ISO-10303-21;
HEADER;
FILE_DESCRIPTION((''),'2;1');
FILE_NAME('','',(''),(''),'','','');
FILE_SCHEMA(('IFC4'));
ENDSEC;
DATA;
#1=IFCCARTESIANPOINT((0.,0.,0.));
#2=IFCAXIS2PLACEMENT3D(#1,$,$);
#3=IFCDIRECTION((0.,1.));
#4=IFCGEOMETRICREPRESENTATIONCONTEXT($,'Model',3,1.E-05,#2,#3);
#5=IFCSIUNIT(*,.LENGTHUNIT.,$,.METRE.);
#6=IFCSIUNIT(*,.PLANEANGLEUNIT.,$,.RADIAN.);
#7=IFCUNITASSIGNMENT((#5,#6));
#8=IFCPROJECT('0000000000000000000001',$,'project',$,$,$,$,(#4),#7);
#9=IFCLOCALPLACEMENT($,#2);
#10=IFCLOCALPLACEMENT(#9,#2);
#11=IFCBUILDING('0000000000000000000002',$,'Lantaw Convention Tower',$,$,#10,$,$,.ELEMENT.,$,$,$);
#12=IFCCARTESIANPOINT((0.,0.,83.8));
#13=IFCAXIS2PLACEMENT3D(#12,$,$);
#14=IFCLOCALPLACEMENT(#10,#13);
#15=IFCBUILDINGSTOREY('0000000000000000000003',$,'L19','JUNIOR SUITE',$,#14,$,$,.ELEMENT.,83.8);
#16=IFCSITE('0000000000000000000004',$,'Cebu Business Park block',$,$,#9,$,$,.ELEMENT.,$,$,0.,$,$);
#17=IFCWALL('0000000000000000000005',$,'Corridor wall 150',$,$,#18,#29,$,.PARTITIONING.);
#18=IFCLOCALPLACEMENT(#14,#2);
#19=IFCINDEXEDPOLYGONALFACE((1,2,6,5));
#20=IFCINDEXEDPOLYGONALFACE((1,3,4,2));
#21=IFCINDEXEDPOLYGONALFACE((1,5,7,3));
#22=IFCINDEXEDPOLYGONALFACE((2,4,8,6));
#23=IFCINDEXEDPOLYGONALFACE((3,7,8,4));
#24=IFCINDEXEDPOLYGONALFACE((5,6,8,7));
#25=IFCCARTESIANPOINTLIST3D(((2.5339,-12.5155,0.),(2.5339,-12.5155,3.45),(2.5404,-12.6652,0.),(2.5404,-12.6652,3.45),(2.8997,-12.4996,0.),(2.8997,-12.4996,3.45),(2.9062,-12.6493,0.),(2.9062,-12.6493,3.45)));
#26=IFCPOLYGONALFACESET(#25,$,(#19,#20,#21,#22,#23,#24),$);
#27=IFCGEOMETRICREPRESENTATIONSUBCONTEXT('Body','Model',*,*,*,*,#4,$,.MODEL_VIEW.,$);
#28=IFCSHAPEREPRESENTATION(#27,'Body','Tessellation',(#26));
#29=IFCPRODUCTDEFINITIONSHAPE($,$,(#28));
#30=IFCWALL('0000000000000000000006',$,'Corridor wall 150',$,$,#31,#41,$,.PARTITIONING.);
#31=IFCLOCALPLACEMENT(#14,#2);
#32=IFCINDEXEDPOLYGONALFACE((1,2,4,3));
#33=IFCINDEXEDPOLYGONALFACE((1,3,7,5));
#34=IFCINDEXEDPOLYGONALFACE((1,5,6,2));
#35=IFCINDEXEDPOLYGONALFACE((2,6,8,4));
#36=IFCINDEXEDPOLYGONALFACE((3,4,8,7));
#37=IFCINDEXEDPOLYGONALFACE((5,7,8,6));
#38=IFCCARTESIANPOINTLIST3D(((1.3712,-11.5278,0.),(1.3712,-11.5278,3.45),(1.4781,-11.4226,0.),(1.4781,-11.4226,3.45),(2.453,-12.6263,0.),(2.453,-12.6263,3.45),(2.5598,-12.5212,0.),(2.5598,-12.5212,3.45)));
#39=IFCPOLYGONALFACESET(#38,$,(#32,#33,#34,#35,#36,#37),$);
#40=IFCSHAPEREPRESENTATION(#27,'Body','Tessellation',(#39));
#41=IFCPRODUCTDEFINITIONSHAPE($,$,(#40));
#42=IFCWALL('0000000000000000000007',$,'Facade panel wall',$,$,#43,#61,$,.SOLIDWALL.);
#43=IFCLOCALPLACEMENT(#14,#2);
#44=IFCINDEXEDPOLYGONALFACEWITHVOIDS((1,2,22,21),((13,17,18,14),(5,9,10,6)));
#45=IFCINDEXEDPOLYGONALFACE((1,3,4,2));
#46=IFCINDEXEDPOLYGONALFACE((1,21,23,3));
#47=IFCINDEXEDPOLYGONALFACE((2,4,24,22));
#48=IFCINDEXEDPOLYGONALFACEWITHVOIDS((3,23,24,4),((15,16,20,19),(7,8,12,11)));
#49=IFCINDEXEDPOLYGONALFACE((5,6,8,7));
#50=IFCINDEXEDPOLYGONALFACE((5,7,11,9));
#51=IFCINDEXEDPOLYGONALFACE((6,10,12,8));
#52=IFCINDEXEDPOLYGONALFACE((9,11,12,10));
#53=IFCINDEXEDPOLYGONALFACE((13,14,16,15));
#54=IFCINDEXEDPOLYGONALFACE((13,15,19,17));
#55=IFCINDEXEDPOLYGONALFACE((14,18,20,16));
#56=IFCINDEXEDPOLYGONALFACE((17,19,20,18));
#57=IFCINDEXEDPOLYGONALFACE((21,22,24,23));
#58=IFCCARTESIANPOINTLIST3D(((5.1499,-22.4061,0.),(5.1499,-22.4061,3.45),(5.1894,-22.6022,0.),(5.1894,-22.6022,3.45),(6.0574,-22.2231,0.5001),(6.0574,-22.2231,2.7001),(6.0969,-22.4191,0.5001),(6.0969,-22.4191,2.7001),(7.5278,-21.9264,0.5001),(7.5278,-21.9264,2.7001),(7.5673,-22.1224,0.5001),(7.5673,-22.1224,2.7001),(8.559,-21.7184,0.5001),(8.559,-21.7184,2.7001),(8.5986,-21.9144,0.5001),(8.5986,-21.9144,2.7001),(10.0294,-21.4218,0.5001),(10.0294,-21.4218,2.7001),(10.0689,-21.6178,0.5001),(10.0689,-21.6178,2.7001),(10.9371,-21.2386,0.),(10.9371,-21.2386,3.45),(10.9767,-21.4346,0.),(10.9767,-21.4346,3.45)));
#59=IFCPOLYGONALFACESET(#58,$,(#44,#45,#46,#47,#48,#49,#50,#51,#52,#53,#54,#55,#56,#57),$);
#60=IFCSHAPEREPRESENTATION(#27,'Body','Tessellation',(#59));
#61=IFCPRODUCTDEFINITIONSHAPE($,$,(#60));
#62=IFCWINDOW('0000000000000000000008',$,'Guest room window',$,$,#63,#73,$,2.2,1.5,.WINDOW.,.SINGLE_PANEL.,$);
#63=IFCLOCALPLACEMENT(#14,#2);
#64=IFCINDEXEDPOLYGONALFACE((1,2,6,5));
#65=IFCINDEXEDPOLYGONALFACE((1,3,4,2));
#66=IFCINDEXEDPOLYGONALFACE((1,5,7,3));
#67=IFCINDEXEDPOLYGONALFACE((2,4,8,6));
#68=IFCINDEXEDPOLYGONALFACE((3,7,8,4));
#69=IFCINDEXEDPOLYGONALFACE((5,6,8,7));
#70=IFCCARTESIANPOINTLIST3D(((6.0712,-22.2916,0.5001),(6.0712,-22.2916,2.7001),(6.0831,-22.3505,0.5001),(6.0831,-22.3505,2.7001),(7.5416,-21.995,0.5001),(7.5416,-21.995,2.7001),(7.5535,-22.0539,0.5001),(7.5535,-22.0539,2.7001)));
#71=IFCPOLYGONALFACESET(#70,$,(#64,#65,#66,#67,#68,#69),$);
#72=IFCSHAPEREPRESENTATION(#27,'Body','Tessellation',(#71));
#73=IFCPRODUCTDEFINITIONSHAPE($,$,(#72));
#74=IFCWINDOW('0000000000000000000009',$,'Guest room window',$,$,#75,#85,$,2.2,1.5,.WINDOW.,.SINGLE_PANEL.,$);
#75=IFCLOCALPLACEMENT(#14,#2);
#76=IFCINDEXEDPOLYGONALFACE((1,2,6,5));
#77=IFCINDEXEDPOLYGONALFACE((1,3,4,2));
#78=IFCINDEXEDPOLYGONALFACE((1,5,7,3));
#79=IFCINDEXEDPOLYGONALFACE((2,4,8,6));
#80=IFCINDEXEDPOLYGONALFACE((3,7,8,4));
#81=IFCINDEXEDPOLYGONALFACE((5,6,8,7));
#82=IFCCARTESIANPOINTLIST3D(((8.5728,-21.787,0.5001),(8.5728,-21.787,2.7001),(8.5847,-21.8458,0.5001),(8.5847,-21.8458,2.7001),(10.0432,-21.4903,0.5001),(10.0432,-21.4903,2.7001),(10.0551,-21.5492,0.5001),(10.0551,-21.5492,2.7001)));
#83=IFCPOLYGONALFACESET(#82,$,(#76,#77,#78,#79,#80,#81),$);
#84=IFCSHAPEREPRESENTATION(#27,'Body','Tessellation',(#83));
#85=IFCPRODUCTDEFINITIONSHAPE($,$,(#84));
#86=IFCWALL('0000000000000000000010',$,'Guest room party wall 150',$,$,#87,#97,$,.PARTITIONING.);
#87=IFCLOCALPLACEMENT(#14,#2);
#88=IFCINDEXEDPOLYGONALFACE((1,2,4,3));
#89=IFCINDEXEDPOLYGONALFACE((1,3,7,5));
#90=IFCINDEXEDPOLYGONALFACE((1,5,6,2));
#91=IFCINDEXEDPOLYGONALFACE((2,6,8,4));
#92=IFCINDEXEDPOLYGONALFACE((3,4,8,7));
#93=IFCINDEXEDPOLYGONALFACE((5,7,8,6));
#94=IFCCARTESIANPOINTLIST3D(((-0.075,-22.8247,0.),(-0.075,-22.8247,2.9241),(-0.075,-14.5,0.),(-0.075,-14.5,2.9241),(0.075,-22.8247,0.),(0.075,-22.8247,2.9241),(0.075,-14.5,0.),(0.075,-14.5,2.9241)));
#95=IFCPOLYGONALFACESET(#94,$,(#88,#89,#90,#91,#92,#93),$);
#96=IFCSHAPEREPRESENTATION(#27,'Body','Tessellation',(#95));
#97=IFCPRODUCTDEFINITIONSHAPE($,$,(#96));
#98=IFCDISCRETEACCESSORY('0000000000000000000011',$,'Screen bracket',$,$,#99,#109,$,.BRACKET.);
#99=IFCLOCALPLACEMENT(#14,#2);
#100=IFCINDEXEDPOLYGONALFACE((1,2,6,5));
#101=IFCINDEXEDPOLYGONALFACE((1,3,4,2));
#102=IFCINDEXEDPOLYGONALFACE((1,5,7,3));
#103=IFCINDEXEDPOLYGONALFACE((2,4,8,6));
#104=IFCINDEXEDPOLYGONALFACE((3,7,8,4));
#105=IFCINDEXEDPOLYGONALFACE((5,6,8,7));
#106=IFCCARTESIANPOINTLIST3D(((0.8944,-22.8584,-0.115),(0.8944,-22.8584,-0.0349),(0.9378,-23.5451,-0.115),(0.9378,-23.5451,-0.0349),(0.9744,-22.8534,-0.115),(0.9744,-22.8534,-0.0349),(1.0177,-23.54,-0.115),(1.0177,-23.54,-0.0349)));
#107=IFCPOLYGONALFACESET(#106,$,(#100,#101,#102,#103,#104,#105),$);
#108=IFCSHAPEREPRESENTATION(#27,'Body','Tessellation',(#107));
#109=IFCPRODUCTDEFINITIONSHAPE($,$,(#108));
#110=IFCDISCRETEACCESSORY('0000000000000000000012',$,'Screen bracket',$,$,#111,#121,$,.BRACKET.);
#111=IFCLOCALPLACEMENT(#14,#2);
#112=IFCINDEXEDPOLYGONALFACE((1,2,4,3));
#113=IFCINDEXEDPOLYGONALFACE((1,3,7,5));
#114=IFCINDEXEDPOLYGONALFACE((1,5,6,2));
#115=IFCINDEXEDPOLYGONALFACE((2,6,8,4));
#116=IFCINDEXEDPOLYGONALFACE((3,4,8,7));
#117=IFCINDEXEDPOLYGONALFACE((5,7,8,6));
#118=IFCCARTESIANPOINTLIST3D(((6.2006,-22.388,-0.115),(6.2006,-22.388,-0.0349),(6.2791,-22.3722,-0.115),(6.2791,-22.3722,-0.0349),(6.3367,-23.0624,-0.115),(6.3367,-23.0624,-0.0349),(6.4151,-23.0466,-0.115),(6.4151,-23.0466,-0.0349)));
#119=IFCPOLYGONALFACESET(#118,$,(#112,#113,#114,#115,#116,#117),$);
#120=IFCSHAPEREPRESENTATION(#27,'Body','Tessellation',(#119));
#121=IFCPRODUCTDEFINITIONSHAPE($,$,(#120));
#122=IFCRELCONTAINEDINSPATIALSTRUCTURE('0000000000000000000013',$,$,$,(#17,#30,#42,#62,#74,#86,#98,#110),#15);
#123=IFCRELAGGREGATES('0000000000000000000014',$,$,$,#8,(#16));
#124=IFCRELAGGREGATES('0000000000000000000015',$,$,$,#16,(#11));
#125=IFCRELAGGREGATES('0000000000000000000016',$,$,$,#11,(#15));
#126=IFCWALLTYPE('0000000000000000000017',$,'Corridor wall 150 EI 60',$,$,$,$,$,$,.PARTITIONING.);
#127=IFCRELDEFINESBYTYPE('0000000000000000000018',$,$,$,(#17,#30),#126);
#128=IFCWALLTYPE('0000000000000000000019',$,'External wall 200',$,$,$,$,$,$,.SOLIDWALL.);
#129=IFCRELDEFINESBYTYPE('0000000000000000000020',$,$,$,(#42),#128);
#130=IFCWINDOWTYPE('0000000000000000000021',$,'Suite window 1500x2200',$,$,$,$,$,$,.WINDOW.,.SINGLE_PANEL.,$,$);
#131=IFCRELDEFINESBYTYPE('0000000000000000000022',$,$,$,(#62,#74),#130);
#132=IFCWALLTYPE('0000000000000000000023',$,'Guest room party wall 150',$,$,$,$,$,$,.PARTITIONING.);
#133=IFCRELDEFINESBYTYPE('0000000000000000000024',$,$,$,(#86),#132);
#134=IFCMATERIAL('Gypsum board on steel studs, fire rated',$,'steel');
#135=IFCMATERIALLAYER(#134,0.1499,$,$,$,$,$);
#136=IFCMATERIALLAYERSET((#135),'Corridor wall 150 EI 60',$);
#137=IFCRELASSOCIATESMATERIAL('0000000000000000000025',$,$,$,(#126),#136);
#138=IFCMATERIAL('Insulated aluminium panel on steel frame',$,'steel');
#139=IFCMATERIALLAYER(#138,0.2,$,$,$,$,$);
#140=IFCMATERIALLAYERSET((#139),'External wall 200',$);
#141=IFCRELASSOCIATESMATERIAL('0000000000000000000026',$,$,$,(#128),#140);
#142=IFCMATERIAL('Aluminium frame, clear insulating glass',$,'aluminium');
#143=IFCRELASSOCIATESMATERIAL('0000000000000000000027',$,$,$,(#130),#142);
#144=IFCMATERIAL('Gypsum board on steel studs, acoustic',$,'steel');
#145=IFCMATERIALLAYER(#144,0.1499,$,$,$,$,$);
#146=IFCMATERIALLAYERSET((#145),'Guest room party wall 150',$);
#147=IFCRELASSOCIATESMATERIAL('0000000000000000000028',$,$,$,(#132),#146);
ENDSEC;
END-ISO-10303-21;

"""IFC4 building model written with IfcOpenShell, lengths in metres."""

from ifc_helpers import new_model, si_unit, direction, frame, frame_2d, origin, origin_2d, place, context, subcontext, project, spatial, rectangle, extrude, material, layer, layer_set, type_object, element, fill, save


model = new_model("IFC4")

# Units and contexts
model_context = context("Model", 3, precision=1e-05, world=origin(), true_north=direction((0.0, 1.0)))
body_context = subcontext(model_context, "Body", "Model", "MODEL_VIEW")
ifc_project = project(units=[si_unit("LENGTHUNIT", "METRE"), si_unit("PLANEANGLEUNIT", "RADIAN")], contexts=[model_context])

# Site, building, storey
site_placement = place(None, origin())
site = spatial("IfcSite", under=ifc_project, at=site_placement, Name="Cebu Business Park block", CompositionType="ELEMENT", RefElevation=0.0)
building_placement = place(site_placement, origin())
building = spatial("IfcBuilding", under=site, at=building_placement, Name="Lantaw Convention Tower", CompositionType="ELEMENT")
storey_placement = place(building_placement, frame((0.0, 0.0, 83.8)))
storey = spatial("IfcBuildingStorey", under=building, at=storey_placement, Name="L19", Description="JUNIOR SUITE", CompositionType="ELEMENT", Elevation=83.8)

# Shared definitions
ifc_material_1 = material(Name="Gypsum board on steel studs, fire rated", Category="steel")
ifc_layer_1 = layer(ifc_material_1, 0.1499)
ifc_layer_set_1 = layer_set([ifc_layer_1], Name="Corridor wall 150 EI 60")
wall_type_1 = type_object("IfcWallType", Name="Corridor wall 150 EI 60", PredefinedType="PARTITIONING", material=ifc_layer_set_1)

# Walls
wall_1_placement = place(storey_placement, frame((2.5371, -12.5903, 0.0), z_axis=(0.0, 0.0, 1.0), x_axis=(0.999061, 0.043322, 0.0)))
element("IfcWall", 1, at=wall_1_placement, inside=storey, type_object=wall_type_1, Name="Corridor wall 150", PredefinedType="PARTITIONING", context=body_context, shape_type="SweptSolid", body=[
    extrude(rectangle(XDim=0.3662, YDim=0.1499, at=frame_2d((0.1831, 0.0))), origin(), (0.0, 0.0, 1.0), 3.45),
])
wall_2_placement = place(storey_placement, frame((1.4246, -11.4751, 0.0), z_axis=(0.0, 0.0, 1.0), x_axis=(0.701623, -0.712549, 0.0)))
element("IfcWall", 2, at=wall_2_placement, inside=storey, type_object=wall_type_1, Name="Corridor wall 150", PredefinedType="PARTITIONING", context=body_context, shape_type="SweptSolid", body=[
    extrude(rectangle(XDim=1.5417, YDim=0.1499, at=frame_2d((0.771, 0.0))), origin(), (0.0, 0.0, 1.0), 3.45),
])

# Wall, openings, windows
ifc_material_2 = material(Name="Insulated aluminium panel on steel frame", Category="steel")
ifc_layer_2 = layer(ifc_material_2, 0.2)
ifc_layer_set_2 = layer_set([ifc_layer_2], Name="External wall 200")
wall_type_2 = type_object("IfcWallType", Name="External wall 200", PredefinedType="SOLIDWALL", material=ifc_layer_set_2)
wall_3_placement = place(storey_placement, frame((5.1697, -22.5042, 0.0), z_axis=(0.0, 0.0, 1.0), x_axis=(0.980252, 0.197754, 0.0)))
wall_3 = element("IfcWall", 3, at=wall_3_placement, inside=storey, type_object=wall_type_2, Name="Facade panel wall", PredefinedType="SOLIDWALL", context=body_context, shape_type="SweptSolid", body=[
    extrude(rectangle(XDim=5.9038, YDim=0.2, at=frame_2d((2.9519, 0.0))), origin(), (0.0, 0.0, 1.0), 3.45),
])
opening_1_placement = place(wall_3_placement, frame((0.9258, 0.0, 0.5)))
opening_1 = element("IfcOpeningElement", 4, at=opening_1_placement, cuts=wall_3, PredefinedType="OPENING", context=body_context, shape_type="SweptSolid", body=[
    extrude(rectangle(XDim=1.5, YDim=2.2, at=frame_2d((0.75, 1.1001))), frame((0.0, 0.1099, 0.0), z_axis=(0.0, -1.0, 0.0), x_axis=(1.0, 0.0, 0.0)), (0.0, 0.0, 1.0), 0.22),
])
opening_2_placement = place(wall_3_placement, frame((3.4778, 0.0, 0.5)))
opening_2 = element("IfcOpeningElement", 5, at=opening_2_placement, cuts=wall_3, PredefinedType="OPENING", context=body_context, shape_type="SweptSolid", body=[
    extrude(rectangle(XDim=1.5, YDim=2.2, at=frame_2d((0.75, 1.1001))), frame((0.0, 0.1099, 0.0), z_axis=(0.0, -1.0, 0.0), x_axis=(1.0, 0.0, 0.0)), (0.0, 0.0, 1.0), 0.22),
])
ifc_material_3 = material(Name="Aluminium frame, clear insulating glass", Category="aluminium")
window_type = type_object("IfcWindowType", Name="Suite window 1500x2200", PartitioningType="SINGLE_PANEL", PredefinedType="WINDOW", material=ifc_material_3)
window_1_placement = place(opening_1_placement, origin())
window_1 = element("IfcWindow", 6, at=window_1_placement, inside=storey, type_object=window_type, Name="Guest room window", OverallHeight=2.2, OverallWidth=1.5, PartitioningType="SINGLE_PANEL", PredefinedType="WINDOW", context=body_context, shape_type="SweptSolid", body=[
    extrude(rectangle(XDim=1.5, YDim=2.2, at=frame_2d((0.75, 1.1001))), frame((0.0, 0.03, 0.0), z_axis=(0.0, -1.0, 0.0), x_axis=(1.0, 0.0, 0.0)), (0.0, 0.0, 1.0), 0.0601),
])
fill(opening_1, window_1)
window_2_placement = place(opening_2_placement, origin())
window_2 = element("IfcWindow", 7, at=window_2_placement, inside=storey, type_object=window_type, Name="Guest room window", OverallHeight=2.2, OverallWidth=1.5, PartitioningType="SINGLE_PANEL", PredefinedType="WINDOW", context=body_context, shape_type="SweptSolid", body=[
    extrude(rectangle(XDim=1.5, YDim=2.2, at=frame_2d((0.75, 1.1001))), frame((0.0, 0.03, 0.0), z_axis=(0.0, -1.0, 0.0), x_axis=(1.0, 0.0, 0.0)), (0.0, 0.0, 1.0), 0.0601),
])
fill(opening_2, window_2)

# Wall
ifc_material_4 = material(Name="Gypsum board on steel studs, acoustic", Category="steel")
ifc_layer_3 = layer(ifc_material_4, 0.1499)
ifc_layer_set_3 = layer_set([ifc_layer_3], Name="Guest room party wall 150")
wall_type_3 = type_object("IfcWallType", Name="Guest room party wall 150", PredefinedType="PARTITIONING", material=ifc_layer_set_3)
wall_4_placement = place(storey_placement, frame((0.0, -22.8247, 0.0), z_axis=(0.0, 0.0, 1.0), x_axis=(0.0, 1.0, 0.0)))
element("IfcWall", 8, at=wall_4_placement, inside=storey, type_object=wall_type_3, Name="Guest room party wall 150", PredefinedType="PARTITIONING", context=body_context, shape_type="SweptSolid", body=[
    extrude(rectangle(XDim=8.3247, YDim=0.1499, at=frame_2d((4.1624, 0.0))), origin(), (0.0, 0.0, 1.0), 2.9241),
])

# Discrete accessories
for number, where, z_axis, x_axis, name in (
    (9, (0.9561, -23.1992, -0.115), (0.0, 0.0, 1.0), (0.998016, 0.062958, 0.0), "Screen bracket"),
    (10, (6.3079, -22.7173, -0.115), (0.0, 0.0, 1.0), (0.980245, 0.197789, 0.0), "Screen bracket"),
):
    element("IfcDiscreteAccessory", number, at=place(storey_placement, frame(where, z_axis=z_axis, x_axis=x_axis)), inside=storey, Name=name, PredefinedType="BRACKET", context=body_context, shape_type="SweptSolid", body=[
        extrude(rectangle(XDim=0.0801, YDim=0.688, at=origin_2d()), origin(), (0.0, 0.0, 1.0), 0.0801),
    ])

save(model, "model.ifc")
